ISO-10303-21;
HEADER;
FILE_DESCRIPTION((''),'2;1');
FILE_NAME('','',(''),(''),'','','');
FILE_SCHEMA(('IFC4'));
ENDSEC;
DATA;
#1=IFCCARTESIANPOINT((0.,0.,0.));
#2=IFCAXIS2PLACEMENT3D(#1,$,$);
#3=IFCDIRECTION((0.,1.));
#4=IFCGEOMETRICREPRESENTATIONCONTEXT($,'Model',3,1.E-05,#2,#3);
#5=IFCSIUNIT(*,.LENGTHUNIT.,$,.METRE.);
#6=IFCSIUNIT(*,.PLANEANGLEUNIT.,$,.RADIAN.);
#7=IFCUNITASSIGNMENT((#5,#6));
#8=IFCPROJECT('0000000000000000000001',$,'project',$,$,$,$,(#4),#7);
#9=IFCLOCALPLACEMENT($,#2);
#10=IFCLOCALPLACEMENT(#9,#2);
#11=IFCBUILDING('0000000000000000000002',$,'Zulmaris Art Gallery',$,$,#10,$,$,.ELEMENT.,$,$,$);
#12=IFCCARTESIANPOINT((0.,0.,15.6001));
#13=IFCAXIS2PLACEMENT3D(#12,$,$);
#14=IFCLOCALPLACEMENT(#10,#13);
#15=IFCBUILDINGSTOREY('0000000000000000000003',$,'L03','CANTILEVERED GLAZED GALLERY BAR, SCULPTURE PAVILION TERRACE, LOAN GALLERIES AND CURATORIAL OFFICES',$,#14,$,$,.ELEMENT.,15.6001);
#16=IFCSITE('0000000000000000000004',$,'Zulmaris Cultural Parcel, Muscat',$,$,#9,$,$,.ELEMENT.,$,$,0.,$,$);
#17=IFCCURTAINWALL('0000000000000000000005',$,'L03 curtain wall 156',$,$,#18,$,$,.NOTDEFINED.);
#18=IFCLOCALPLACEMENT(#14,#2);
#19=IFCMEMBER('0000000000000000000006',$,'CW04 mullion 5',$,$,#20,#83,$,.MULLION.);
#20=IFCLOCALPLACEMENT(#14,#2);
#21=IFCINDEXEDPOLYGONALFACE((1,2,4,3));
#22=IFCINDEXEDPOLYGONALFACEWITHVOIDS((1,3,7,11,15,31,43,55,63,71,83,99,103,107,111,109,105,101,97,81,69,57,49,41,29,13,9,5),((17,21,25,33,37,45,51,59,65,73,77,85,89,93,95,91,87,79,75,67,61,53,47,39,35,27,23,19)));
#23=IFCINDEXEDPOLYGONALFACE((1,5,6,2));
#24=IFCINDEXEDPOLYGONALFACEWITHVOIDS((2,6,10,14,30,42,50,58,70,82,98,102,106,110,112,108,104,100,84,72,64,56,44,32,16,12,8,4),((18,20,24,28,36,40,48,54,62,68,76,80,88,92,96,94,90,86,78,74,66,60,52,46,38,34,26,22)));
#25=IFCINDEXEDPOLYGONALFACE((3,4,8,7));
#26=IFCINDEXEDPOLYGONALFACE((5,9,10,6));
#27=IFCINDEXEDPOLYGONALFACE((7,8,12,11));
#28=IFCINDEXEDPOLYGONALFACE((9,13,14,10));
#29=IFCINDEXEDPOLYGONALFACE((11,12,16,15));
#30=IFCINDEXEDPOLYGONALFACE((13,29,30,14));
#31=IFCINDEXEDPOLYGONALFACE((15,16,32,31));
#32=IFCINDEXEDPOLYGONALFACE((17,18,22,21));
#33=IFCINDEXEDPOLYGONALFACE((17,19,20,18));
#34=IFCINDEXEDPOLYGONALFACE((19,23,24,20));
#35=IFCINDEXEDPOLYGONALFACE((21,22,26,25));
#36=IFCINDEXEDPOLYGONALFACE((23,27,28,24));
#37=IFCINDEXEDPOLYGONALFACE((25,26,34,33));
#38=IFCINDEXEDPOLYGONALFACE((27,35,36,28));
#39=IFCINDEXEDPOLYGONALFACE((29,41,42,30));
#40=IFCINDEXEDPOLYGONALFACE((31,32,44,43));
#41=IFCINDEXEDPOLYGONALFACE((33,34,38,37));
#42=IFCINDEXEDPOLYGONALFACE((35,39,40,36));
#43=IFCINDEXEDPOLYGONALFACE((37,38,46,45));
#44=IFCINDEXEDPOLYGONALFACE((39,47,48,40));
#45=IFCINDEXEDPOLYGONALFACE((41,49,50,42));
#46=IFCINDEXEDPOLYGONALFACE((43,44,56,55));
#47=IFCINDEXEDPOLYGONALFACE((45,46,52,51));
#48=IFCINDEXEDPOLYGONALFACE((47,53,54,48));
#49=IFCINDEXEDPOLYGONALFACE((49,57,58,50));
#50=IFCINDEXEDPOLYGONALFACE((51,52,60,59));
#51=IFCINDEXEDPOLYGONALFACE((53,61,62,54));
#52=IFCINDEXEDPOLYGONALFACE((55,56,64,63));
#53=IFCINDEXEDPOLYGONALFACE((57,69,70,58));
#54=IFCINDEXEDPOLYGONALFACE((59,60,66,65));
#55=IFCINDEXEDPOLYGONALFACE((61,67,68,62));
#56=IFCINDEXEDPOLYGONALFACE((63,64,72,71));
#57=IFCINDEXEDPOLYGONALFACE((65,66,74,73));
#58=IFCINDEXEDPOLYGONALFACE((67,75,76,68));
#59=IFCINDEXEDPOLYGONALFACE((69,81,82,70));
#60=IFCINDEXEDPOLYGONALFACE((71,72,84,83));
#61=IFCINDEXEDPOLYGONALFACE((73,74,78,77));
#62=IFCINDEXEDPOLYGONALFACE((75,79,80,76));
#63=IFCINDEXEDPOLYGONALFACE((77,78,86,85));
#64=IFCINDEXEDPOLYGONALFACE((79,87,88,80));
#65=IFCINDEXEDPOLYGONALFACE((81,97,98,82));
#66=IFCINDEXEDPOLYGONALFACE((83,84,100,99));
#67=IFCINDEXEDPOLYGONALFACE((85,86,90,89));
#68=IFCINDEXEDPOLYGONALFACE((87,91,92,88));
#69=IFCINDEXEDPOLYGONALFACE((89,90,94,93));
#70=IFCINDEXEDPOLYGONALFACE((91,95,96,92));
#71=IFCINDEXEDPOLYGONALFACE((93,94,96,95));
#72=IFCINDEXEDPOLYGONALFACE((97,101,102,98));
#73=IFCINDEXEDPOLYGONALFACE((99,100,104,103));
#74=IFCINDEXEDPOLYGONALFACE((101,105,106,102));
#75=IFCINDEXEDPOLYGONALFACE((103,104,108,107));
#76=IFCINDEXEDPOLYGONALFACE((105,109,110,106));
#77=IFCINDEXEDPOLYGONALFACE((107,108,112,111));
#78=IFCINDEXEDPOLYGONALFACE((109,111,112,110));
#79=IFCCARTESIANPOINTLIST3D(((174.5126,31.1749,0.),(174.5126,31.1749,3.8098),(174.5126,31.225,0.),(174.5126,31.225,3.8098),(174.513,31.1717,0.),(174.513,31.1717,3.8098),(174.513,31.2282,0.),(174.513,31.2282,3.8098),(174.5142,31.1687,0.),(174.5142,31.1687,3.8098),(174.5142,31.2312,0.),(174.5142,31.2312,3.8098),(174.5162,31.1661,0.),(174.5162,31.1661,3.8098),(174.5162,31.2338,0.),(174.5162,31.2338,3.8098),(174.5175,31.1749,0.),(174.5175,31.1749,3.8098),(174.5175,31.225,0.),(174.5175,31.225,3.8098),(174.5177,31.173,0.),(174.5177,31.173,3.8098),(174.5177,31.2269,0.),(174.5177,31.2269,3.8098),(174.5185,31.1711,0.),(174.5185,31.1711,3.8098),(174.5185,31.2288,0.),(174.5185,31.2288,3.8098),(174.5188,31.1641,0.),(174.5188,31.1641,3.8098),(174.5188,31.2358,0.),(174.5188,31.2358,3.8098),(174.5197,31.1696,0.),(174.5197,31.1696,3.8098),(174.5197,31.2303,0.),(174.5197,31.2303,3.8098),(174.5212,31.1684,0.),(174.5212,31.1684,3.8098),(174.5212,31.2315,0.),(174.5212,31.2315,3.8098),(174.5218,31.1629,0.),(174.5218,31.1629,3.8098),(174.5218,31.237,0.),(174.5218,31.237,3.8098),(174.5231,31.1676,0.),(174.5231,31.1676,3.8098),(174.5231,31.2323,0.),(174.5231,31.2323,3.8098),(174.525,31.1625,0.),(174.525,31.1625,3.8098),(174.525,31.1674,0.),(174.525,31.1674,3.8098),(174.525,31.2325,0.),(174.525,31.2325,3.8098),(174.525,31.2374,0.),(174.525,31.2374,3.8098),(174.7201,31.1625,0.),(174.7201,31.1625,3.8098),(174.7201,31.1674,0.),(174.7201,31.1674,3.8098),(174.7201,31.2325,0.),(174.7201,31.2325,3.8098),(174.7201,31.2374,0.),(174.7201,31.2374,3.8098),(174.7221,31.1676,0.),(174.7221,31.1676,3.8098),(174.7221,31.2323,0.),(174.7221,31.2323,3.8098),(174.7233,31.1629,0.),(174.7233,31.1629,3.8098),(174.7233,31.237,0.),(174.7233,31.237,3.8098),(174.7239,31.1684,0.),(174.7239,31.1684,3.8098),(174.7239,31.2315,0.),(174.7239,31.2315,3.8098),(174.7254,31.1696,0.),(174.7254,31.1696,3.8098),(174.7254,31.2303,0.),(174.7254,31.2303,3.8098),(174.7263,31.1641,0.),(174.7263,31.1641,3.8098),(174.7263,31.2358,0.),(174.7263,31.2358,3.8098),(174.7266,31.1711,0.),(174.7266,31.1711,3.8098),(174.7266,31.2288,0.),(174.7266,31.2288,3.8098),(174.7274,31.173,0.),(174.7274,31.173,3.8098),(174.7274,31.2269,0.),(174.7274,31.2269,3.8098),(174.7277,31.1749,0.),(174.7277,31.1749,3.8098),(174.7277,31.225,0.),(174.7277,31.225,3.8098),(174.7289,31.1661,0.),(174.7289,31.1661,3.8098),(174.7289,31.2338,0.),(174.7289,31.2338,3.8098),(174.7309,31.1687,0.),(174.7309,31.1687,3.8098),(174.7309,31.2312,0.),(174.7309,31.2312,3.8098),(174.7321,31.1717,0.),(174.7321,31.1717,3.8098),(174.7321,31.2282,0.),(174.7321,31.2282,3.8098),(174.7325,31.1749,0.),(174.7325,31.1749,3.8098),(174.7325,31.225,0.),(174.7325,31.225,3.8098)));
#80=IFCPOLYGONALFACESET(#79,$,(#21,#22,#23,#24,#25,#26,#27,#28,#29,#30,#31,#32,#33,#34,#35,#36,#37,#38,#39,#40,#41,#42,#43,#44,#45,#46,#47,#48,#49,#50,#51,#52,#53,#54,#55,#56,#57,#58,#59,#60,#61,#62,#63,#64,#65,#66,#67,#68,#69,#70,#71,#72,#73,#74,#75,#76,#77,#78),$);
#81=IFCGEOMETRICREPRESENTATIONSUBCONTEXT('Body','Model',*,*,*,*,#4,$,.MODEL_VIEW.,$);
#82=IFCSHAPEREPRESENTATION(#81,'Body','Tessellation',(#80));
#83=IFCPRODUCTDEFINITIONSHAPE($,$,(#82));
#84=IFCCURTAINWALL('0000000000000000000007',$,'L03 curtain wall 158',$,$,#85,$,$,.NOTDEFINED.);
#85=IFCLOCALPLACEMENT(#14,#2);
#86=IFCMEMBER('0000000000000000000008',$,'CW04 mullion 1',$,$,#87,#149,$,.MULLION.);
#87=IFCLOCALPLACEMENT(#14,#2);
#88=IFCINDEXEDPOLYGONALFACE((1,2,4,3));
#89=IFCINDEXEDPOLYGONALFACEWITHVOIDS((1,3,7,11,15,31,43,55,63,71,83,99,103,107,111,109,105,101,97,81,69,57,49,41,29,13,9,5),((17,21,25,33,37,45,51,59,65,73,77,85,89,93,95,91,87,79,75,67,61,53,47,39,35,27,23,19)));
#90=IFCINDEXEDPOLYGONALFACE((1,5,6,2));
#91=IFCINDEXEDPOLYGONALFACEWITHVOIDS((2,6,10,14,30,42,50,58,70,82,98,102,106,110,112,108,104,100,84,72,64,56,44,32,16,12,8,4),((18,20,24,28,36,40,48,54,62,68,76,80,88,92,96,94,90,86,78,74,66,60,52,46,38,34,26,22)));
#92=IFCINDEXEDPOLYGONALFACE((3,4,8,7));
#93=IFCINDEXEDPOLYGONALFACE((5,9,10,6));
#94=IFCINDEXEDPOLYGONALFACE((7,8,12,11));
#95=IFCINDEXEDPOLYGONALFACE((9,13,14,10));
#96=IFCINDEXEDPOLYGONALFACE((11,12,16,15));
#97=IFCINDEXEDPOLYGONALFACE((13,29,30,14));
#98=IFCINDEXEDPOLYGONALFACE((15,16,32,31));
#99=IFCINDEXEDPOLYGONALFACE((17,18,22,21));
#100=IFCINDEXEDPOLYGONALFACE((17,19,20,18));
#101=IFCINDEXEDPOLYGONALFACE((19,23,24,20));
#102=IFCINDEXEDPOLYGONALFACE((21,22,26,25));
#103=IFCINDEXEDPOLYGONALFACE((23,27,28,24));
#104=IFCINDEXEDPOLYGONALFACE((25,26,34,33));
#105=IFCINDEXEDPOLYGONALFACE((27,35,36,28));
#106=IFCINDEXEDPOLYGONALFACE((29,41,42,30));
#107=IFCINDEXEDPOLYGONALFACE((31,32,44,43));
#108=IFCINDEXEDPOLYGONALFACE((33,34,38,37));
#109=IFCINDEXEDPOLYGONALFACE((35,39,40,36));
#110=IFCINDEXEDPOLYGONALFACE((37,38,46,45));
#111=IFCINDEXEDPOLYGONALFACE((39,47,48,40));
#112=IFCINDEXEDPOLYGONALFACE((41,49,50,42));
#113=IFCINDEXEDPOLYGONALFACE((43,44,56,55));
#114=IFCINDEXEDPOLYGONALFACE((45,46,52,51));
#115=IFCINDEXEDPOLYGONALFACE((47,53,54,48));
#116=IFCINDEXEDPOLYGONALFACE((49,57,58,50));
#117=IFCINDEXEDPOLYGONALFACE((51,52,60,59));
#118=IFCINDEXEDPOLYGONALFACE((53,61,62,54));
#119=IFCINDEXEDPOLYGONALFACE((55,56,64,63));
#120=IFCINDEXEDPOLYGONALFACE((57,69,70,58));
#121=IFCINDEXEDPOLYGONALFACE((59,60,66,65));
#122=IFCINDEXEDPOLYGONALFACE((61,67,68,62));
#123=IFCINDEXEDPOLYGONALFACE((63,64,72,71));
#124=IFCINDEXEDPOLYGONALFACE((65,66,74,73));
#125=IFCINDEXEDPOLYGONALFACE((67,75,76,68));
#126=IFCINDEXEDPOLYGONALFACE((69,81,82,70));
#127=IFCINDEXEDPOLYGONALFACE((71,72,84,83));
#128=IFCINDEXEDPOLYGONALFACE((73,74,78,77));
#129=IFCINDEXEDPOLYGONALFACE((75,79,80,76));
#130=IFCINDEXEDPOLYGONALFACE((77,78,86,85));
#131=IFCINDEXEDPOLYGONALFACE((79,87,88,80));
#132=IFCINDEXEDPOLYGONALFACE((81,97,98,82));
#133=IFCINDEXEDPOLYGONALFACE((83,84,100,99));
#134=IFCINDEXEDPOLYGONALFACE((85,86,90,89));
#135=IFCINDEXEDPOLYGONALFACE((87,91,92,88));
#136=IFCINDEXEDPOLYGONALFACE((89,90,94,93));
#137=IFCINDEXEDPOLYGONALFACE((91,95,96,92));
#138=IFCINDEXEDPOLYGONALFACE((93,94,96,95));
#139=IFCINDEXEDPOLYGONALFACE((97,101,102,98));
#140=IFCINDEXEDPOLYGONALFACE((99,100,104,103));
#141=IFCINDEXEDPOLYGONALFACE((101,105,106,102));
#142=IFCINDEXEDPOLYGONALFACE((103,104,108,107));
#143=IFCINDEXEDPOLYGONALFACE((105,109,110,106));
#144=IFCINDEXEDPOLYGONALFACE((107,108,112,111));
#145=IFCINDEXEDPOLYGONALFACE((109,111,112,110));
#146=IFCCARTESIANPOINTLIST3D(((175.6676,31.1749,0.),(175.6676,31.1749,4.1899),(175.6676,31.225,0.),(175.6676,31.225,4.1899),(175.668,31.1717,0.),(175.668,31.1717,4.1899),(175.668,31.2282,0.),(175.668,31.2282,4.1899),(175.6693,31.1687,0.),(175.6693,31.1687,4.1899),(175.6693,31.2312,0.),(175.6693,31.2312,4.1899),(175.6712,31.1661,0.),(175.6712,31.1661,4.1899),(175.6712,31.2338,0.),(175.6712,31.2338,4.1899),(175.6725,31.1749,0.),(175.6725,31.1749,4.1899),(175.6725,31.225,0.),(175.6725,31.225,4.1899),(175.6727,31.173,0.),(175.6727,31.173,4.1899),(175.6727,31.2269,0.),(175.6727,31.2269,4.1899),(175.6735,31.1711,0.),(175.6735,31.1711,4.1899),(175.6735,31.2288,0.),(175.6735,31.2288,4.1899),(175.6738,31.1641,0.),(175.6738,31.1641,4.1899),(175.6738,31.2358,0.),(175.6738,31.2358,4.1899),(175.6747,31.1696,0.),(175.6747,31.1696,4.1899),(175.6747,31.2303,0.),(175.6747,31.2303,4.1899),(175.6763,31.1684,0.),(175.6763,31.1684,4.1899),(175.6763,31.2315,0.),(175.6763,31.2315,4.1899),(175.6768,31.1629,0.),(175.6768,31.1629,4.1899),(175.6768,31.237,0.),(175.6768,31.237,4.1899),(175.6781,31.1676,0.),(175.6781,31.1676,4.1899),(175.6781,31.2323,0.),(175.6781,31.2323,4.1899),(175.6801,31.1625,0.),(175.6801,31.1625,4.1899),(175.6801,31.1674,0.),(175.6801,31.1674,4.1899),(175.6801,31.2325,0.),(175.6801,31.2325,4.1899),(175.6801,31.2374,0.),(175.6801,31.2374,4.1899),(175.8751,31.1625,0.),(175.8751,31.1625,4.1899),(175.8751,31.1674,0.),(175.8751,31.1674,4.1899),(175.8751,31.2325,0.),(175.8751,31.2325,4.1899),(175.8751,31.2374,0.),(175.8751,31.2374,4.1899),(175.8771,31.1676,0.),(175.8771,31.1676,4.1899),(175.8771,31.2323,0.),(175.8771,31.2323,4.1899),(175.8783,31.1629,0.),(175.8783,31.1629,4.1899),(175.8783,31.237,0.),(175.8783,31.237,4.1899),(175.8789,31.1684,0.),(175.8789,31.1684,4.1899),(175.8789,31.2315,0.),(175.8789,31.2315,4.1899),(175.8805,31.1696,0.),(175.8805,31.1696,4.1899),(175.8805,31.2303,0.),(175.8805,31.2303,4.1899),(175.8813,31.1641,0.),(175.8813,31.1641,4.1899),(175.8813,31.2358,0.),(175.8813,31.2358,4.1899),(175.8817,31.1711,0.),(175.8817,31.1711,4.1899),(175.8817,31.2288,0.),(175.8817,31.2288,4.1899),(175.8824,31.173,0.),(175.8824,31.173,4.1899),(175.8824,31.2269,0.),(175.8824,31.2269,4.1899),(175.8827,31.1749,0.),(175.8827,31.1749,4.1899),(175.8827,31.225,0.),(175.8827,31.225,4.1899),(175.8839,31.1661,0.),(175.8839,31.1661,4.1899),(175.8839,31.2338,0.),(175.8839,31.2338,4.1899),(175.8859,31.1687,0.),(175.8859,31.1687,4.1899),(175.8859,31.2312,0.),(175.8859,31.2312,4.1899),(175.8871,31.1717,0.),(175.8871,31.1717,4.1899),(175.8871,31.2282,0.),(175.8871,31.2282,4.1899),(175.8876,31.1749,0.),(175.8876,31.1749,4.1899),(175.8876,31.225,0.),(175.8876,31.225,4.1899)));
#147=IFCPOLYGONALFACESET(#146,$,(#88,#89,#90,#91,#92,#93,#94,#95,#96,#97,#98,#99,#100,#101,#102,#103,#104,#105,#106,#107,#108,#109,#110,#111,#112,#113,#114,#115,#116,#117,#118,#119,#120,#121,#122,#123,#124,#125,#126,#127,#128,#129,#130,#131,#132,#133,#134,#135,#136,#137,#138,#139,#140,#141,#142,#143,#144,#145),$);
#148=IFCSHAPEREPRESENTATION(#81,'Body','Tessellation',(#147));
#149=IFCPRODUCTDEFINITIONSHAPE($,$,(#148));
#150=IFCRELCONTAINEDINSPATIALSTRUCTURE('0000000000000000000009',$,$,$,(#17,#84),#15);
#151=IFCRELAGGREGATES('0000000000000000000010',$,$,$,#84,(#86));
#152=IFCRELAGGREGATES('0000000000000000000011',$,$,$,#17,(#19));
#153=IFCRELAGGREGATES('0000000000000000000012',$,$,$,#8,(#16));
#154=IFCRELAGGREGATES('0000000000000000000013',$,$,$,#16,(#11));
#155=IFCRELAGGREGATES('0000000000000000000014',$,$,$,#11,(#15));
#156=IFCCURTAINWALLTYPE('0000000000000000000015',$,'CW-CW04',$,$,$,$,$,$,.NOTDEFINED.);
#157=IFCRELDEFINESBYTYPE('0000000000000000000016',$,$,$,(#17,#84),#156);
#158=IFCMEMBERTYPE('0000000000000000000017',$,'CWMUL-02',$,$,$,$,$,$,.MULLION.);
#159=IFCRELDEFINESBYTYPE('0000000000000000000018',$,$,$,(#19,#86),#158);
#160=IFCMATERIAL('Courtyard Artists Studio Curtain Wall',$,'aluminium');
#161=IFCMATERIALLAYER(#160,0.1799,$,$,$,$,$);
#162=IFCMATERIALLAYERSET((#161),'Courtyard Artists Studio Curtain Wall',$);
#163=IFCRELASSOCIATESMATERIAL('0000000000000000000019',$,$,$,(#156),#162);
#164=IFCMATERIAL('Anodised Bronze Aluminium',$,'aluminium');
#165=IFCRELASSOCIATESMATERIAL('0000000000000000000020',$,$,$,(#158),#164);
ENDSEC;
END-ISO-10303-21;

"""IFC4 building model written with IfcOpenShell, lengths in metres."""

from ifc_helpers import new_model, si_unit, direction, frame, origin, origin_2d, place, context, subcontext, project, spatial, hollow_rectangle, extrude, material, layer, layer_set, material_profile, profile_set, type_object, element, aggregate, save


model = new_model("IFC4")

# Units and contexts
model_context = context("Model", 3, precision=1e-05, world=origin(), true_north=direction((0.0, 1.0)))
body_context = subcontext(model_context, "Body", "Model", "MODEL_VIEW")
ifc_project = project(units=[si_unit("LENGTHUNIT", "METRE"), si_unit("PLANEANGLEUNIT", "RADIAN")], contexts=[model_context])

# Site, building, storey
site_placement = place(None, origin())
site = spatial("IfcSite", under=ifc_project, at=site_placement, Name="Zulmaris Cultural Parcel, Muscat", CompositionType="ELEMENT", RefElevation=0.0)
building_placement = place(site_placement, origin())
building = spatial("IfcBuilding", under=site, at=building_placement, Name="Zulmaris Art Gallery", CompositionType="ELEMENT")
storey_placement = place(building_placement, frame((0.0, 0.0, 15.6001)))
storey = spatial("IfcBuildingStorey", under=building, at=storey_placement, Name="L03", Description="CANTILEVERED GLAZED GALLERY BAR, SCULPTURE PAVILION TERRACE, LOAN GALLERIES AND CURATORIAL OFFICES", CompositionType="ELEMENT", Elevation=15.6001)

# Shared definitions
ifc_material_1 = material(Name="Courtyard Artists Studio Curtain Wall", Category="aluminium")
ifc_layer_1 = layer(ifc_material_1, 0.1799)
ifc_layer_set_1 = layer_set([ifc_layer_1], Name="Courtyard Artists Studio Curtain Wall")
curtain_wall_type = type_object("IfcCurtainWallType", Name="CW-CW04", PredefinedType="NOTDEFINED", material=ifc_layer_set_1)
ifc_material_2 = material(Name="Anodised Bronze Aluminium", Category="aluminium")
ifc_material_profile_1 = material_profile(ifc_material_2, hollow_rectangle(XDim=0.075, YDim=0.22, WallThickness=0.0049, InnerFilletRadius=0.0076, OuterFilletRadius=0.0125, at=origin_2d()), Name="ALU 75x220x5")
ifc_profile_set_1 = profile_set([ifc_material_profile_1], Name="Anodised Bronze Aluminium")
member_type_1 = type_object("IfcMemberType", Name="CWMUL-02", PredefinedType="MULLION", material=ifc_profile_set_1)

# Curtain wall, member
curtain_wall_1_placement = place(storey_placement, origin())
curtain_wall_1 = element("IfcCurtainWall", 1, at=curtain_wall_1_placement, inside=storey, type_object=curtain_wall_type, Name="L03 curtain wall 156", PredefinedType="NOTDEFINED")
member_1_placement = place(storey_placement, frame((174.6226, 31.2, 0.0), z_axis=(0.0, 0.0, 1.0), x_axis=(0.0, 1.0, 0.0)))
member_1 = element("IfcMember", 2, at=member_1_placement, type_object=member_type_1, Name="CW04 mullion 5", PredefinedType="MULLION", context=body_context, shape_type="SweptSolid", body=[
    extrude(hollow_rectangle(XDim=0.075, YDim=0.22, WallThickness=0.0049, InnerFilletRadius=0.0076, OuterFilletRadius=0.0125, at=origin_2d()), origin(), (0.0, 0.0, 1.0), 3.8098),
])

# Curtain wall, member
curtain_wall_2_placement = place(storey_placement, origin())
curtain_wall_2 = element("IfcCurtainWall", 3, at=curtain_wall_2_placement, inside=storey, type_object=curtain_wall_type, Name="L03 curtain wall 158", PredefinedType="NOTDEFINED")
member_2_placement = place(storey_placement, frame((175.7776, 31.2, 0.0), z_axis=(0.0, 0.0, 1.0), x_axis=(0.0, 1.0, 0.0)))
member_2 = element("IfcMember", 4, at=member_2_placement, type_object=member_type_1, Name="CW04 mullion 1", PredefinedType="MULLION", context=body_context, shape_type="SweptSolid", body=[
    extrude(hollow_rectangle(XDim=0.075, YDim=0.22, WallThickness=0.0049, InnerFilletRadius=0.0076, OuterFilletRadius=0.0125, at=origin_2d()), origin(), (0.0, 0.0, 1.0), 4.1899),
])

aggregate(curtain_wall_2, [member_2])

aggregate(curtain_wall_1, [member_1])

save(model, "model.ifc")
